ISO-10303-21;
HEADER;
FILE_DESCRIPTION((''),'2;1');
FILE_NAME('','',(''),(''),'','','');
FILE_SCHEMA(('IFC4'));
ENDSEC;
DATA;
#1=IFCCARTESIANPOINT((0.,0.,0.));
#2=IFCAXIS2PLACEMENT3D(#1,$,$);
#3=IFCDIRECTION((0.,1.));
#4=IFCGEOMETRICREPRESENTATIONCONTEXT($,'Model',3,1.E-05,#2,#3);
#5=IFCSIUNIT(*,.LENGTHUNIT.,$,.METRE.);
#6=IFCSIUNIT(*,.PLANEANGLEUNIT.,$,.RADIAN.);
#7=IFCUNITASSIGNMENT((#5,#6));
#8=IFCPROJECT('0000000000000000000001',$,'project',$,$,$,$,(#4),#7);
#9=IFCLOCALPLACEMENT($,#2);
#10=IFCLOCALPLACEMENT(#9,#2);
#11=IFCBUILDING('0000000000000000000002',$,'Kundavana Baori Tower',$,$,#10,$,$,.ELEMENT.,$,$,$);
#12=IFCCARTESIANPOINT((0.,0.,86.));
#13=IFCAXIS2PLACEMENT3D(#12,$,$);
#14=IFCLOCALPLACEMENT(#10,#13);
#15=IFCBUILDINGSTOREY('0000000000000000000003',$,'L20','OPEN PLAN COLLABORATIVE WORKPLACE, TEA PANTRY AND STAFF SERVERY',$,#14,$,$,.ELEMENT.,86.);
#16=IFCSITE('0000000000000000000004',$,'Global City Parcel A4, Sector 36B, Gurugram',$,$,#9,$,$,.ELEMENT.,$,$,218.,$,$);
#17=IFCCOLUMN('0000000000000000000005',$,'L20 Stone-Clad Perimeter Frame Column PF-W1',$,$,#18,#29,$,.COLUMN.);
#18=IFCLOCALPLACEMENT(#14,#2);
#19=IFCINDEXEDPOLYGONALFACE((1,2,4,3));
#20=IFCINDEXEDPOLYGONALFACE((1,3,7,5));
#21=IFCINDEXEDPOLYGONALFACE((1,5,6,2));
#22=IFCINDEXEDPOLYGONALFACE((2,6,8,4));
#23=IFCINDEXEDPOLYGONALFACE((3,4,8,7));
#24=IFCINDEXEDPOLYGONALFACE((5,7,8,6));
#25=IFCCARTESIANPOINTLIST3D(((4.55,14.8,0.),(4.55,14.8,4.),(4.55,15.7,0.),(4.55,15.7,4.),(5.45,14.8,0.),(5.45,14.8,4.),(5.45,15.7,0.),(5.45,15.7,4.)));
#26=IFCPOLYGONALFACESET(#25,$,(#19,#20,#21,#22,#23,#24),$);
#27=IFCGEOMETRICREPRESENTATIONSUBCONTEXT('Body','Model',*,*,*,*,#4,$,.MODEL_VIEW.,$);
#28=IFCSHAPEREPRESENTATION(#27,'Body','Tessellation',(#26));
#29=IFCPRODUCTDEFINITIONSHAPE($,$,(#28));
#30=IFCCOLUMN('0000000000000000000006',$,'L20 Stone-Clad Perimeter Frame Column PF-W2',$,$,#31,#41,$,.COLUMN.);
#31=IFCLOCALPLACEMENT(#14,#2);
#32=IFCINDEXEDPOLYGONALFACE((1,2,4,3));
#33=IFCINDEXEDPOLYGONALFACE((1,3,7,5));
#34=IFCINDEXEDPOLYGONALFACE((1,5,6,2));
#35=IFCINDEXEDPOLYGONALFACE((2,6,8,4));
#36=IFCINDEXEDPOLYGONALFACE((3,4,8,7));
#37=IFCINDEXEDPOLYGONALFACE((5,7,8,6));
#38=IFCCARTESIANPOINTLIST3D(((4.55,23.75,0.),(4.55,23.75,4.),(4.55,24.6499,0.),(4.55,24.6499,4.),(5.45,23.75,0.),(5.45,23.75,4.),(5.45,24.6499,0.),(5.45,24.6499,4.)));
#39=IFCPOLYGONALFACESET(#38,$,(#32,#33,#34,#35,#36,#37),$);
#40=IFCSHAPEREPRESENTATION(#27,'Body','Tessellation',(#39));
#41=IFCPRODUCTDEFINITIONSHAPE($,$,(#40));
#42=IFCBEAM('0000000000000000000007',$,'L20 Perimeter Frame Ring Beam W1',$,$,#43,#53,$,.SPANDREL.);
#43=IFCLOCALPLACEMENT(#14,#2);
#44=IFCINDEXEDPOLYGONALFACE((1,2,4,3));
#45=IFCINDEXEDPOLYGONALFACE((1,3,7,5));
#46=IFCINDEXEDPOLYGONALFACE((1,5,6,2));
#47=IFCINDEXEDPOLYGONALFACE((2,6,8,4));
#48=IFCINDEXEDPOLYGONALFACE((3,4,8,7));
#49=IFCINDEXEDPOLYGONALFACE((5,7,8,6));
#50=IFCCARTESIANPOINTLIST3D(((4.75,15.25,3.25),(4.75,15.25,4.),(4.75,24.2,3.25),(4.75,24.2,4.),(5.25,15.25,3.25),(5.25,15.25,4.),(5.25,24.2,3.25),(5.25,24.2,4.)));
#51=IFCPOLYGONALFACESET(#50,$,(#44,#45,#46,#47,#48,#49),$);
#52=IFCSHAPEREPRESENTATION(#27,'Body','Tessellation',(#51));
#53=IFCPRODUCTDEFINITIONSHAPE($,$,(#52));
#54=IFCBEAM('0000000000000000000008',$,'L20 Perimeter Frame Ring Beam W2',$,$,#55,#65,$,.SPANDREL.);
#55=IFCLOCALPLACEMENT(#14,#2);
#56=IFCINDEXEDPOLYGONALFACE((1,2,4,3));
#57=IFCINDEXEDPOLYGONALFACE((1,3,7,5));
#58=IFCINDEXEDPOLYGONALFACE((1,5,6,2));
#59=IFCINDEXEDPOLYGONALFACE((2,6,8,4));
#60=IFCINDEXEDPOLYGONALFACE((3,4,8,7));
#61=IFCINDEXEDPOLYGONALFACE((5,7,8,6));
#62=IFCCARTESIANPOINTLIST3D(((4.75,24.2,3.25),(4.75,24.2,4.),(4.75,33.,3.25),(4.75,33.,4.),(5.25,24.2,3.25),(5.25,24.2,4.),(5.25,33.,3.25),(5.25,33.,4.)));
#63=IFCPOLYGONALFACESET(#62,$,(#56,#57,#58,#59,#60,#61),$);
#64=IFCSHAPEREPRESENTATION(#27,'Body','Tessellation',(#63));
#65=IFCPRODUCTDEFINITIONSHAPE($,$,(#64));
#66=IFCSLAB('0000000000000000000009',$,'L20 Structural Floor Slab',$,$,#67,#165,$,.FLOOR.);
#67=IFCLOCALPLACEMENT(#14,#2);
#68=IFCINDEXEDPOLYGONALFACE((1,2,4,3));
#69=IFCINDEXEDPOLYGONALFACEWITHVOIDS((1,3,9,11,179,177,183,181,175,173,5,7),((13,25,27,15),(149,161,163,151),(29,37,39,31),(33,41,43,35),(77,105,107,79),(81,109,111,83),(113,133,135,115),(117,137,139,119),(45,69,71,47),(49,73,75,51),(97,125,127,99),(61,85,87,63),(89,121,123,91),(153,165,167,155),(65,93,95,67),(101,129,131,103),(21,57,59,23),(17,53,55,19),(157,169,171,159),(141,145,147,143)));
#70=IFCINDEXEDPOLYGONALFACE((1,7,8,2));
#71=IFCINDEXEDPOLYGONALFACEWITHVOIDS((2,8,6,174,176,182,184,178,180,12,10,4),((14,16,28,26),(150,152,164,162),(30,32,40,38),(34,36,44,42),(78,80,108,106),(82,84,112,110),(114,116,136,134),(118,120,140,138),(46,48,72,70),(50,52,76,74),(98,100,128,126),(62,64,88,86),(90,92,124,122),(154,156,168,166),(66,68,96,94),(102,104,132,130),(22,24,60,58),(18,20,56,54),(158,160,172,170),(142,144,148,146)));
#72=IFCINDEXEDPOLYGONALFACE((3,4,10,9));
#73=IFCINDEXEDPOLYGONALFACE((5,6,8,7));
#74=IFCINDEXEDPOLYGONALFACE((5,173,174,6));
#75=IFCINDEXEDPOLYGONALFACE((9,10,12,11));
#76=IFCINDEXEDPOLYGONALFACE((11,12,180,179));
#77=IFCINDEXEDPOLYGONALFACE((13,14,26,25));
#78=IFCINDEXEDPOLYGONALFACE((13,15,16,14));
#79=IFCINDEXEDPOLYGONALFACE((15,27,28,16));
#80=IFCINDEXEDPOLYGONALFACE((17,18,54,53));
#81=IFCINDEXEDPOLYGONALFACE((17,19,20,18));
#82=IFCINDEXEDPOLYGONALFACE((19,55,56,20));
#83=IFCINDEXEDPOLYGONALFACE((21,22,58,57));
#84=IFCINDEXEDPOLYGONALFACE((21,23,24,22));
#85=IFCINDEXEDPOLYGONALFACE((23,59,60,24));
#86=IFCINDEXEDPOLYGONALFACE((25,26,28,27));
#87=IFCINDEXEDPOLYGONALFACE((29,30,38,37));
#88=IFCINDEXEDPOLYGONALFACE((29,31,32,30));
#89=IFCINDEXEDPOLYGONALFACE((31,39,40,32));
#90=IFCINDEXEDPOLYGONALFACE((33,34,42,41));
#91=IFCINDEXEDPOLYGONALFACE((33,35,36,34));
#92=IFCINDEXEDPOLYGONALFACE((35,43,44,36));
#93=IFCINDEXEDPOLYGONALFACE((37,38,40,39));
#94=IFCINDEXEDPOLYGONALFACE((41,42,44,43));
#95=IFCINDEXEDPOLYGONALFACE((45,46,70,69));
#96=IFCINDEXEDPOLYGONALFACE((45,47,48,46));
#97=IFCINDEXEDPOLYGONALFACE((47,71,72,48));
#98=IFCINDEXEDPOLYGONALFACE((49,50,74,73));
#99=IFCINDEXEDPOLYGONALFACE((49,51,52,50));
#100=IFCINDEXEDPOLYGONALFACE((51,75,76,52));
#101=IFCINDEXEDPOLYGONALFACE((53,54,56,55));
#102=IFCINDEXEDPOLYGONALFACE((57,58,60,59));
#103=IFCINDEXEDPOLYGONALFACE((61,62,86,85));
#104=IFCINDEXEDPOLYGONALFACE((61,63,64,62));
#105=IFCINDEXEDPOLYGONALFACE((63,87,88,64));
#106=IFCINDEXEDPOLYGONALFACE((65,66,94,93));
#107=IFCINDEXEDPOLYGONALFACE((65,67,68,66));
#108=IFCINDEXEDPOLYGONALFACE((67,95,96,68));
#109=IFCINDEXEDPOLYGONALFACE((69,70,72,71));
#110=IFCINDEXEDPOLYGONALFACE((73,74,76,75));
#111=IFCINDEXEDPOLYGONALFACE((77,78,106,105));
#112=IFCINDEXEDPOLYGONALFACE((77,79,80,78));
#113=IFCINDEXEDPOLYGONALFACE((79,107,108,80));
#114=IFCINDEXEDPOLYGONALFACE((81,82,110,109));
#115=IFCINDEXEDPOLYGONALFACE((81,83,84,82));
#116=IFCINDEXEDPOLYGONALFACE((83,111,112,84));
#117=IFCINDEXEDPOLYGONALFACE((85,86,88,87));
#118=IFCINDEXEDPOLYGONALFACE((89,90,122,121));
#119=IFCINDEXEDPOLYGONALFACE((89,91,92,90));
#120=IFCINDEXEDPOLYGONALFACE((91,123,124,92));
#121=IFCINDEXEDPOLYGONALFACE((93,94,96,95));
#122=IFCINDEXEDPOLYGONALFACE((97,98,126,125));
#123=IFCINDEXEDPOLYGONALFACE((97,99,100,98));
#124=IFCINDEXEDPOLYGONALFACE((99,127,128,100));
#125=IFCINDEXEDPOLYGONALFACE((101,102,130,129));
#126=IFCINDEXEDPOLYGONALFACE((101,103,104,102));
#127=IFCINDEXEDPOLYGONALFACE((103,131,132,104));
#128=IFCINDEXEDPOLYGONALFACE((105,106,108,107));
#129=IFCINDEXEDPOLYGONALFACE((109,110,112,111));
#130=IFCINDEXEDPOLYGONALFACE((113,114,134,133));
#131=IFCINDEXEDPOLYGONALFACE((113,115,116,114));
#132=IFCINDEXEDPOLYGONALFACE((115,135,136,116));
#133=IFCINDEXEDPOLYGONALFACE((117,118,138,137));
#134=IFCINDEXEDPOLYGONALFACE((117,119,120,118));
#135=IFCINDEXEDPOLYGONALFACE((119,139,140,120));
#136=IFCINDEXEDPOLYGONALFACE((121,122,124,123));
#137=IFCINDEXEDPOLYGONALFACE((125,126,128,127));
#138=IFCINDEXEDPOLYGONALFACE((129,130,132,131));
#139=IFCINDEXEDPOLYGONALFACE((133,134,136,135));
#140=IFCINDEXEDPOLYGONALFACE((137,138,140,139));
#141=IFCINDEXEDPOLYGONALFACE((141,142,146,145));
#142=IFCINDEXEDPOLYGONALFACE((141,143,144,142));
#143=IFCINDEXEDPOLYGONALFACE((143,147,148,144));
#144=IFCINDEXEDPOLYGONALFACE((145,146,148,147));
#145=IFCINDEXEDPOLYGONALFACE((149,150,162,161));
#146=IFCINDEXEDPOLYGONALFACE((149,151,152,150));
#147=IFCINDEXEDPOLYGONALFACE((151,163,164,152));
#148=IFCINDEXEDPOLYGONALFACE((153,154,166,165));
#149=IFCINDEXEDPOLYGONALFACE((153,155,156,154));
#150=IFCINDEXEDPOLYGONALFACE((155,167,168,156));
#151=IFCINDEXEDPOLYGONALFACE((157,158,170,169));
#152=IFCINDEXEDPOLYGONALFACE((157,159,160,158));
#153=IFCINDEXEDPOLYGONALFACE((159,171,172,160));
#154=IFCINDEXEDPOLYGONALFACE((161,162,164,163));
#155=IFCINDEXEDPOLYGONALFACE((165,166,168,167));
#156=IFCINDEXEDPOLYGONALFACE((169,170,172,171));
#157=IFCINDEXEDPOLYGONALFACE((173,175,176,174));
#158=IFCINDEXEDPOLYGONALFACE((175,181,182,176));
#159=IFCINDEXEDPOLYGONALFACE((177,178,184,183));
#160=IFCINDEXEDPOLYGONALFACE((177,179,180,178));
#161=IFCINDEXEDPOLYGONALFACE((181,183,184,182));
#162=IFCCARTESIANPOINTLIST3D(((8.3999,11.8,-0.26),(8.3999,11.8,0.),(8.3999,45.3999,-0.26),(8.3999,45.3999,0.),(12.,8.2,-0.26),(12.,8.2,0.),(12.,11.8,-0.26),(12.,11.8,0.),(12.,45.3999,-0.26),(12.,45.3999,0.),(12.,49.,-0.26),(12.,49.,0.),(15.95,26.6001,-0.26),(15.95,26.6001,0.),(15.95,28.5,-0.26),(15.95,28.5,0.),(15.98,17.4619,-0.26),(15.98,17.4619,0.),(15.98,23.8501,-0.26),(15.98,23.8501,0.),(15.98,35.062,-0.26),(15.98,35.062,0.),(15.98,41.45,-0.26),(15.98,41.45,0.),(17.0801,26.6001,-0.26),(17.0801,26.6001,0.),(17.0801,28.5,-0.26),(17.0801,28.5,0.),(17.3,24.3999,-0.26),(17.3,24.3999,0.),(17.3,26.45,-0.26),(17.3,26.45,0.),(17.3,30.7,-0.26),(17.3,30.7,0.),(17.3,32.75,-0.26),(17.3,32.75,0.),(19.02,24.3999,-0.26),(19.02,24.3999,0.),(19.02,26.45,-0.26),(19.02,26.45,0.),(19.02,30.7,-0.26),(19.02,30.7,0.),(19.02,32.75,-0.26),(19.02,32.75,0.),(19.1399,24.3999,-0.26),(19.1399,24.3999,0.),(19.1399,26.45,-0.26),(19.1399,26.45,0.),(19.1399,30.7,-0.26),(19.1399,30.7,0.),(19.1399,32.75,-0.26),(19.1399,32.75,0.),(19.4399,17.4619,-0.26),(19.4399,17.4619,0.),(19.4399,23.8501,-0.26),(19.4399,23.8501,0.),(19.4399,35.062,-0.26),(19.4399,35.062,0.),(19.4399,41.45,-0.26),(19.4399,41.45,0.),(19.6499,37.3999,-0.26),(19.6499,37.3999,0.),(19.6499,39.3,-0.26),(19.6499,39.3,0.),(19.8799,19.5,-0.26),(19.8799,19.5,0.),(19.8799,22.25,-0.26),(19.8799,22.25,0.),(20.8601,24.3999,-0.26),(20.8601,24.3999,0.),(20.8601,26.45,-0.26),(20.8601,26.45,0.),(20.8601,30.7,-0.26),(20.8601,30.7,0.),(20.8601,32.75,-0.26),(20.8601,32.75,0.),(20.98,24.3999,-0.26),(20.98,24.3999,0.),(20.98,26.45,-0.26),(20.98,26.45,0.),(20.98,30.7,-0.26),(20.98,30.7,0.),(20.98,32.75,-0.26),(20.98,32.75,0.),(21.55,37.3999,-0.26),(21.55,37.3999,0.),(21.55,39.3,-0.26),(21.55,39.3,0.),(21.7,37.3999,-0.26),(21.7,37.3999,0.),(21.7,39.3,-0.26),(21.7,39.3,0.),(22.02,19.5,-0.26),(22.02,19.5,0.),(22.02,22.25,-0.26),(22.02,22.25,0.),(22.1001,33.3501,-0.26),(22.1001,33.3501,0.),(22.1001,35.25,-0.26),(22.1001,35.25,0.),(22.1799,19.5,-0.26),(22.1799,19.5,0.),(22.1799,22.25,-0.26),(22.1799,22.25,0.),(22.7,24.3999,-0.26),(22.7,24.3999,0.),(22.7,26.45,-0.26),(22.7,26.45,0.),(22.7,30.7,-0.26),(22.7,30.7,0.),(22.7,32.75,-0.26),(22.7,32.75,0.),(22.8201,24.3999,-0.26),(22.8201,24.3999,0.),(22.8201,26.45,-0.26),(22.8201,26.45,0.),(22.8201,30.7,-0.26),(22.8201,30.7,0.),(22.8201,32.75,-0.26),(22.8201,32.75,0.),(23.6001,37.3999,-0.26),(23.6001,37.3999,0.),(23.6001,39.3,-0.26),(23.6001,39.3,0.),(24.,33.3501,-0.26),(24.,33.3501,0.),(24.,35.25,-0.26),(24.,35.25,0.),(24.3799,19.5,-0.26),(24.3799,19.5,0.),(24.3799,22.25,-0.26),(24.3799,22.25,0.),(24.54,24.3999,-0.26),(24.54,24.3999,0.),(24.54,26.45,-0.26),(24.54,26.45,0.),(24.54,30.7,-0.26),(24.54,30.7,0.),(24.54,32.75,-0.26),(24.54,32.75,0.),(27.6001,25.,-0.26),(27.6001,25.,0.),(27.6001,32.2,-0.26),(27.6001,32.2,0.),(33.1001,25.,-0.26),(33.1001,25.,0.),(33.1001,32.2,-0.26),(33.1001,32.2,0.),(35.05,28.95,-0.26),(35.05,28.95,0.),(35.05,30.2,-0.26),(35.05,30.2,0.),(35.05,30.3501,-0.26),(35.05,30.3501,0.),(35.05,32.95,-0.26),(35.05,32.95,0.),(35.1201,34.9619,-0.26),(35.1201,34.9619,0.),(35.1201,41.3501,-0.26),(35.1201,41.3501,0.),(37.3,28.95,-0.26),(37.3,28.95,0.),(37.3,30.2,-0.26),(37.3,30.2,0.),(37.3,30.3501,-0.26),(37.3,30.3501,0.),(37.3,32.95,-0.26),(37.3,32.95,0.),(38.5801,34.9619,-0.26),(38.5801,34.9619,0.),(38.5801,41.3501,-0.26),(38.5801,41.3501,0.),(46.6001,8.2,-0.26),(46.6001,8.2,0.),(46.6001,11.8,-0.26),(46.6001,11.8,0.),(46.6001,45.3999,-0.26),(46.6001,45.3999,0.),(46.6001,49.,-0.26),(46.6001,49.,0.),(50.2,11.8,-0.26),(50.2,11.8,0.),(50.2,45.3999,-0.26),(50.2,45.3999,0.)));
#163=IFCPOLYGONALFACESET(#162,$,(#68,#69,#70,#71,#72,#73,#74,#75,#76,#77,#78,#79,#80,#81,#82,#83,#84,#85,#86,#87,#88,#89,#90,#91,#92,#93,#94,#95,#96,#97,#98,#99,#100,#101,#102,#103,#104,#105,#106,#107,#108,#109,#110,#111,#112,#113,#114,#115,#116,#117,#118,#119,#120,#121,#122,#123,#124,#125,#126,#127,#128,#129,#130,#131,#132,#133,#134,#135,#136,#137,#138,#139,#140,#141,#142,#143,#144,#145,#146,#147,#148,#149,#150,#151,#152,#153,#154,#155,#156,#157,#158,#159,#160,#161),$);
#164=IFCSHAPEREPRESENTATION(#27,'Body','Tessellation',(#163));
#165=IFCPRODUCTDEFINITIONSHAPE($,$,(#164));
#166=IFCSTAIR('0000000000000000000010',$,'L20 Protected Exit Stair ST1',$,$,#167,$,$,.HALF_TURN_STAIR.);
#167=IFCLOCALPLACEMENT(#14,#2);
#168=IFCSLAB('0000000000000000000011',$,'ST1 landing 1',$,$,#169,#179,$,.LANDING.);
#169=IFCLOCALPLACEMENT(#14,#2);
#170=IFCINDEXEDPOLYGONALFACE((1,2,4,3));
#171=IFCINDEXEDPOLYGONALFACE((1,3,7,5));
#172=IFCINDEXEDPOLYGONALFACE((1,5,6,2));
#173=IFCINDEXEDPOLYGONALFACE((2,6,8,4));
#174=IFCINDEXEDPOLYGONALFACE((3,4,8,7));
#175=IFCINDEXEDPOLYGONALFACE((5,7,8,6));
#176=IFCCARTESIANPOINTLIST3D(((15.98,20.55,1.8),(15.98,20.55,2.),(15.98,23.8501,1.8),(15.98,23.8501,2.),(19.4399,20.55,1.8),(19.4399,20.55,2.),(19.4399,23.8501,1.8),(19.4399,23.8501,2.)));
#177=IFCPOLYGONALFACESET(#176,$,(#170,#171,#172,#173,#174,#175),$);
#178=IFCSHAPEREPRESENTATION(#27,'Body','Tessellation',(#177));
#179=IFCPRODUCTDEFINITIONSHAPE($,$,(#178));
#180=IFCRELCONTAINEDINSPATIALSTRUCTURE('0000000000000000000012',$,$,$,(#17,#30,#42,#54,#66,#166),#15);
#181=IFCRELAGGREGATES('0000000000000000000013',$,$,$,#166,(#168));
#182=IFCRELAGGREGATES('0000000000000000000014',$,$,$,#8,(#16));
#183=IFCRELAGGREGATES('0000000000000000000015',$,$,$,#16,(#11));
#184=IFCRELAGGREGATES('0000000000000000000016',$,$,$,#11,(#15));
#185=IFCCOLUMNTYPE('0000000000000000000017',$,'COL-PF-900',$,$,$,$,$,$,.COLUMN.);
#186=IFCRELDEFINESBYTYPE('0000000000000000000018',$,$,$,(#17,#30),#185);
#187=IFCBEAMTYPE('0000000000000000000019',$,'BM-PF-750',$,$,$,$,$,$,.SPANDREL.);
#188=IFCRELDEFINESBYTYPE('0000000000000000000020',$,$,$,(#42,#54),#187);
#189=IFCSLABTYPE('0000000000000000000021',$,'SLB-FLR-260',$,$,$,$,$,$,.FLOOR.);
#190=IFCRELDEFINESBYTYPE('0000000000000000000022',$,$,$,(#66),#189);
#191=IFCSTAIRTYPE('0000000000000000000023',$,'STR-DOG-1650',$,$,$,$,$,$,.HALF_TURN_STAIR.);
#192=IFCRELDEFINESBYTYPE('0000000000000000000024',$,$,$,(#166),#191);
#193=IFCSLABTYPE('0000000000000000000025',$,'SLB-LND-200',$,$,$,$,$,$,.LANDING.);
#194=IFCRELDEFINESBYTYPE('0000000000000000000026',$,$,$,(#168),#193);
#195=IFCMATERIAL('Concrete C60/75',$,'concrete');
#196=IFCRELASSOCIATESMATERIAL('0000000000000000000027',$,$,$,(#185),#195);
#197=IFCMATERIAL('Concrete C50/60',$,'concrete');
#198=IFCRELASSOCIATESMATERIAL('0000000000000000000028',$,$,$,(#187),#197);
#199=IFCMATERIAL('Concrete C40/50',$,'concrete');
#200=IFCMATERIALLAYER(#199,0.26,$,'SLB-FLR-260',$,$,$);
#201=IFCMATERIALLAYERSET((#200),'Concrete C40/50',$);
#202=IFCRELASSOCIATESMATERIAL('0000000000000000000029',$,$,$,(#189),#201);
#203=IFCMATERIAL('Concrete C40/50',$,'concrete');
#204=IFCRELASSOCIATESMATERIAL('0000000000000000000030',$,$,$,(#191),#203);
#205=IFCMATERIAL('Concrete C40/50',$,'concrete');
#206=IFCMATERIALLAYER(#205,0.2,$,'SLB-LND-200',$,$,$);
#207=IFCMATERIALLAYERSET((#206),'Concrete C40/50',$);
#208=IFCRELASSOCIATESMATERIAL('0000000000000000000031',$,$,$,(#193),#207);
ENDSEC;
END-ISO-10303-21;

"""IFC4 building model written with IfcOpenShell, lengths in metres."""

from ifc_helpers import new_model, si_unit, direction, frame, origin, origin_2d, place, context, subcontext, project, spatial, polyline, rectangle, outline, extrude, material, layer, layer_set, material_profile, profile_set, type_object, element, aggregate, save


model = new_model("IFC4")

# Units and contexts
model_context = context("Model", 3, precision=1e-05, world=origin(), true_north=direction((0.0, 1.0)))
body_context = subcontext(model_context, "Body", "Model", "MODEL_VIEW")
ifc_project = project(units=[si_unit("LENGTHUNIT", "METRE"), si_unit("PLANEANGLEUNIT", "RADIAN")], contexts=[model_context])

# Site, building, storey
site_placement = place(None, origin())
site = spatial("IfcSite", under=ifc_project, at=site_placement, Name="Global City Parcel A4, Sector 36B, Gurugram", CompositionType="ELEMENT", RefElevation=218.0)
building_placement = place(site_placement, origin())
building = spatial("IfcBuilding", under=site, at=building_placement, Name="Kundavana Baori Tower", CompositionType="ELEMENT")
storey_placement = place(building_placement, frame((0.0, 0.0, 86.0)))
storey = spatial("IfcBuildingStorey", under=building, at=storey_placement, Name="L20", Description="OPEN PLAN COLLABORATIVE WORKPLACE, TEA PANTRY AND STAFF SERVERY", CompositionType="ELEMENT", Elevation=86.0)

# Columns
ifc_material_1 = material(Name="Concrete C60/75", Category="concrete")
ifc_material_profile_1 = material_profile(ifc_material_1, rectangle(XDim=0.8999, YDim=0.8999, at=origin_2d()), Name="RC PF 900x900")
ifc_profile_set_1 = profile_set([ifc_material_profile_1], Name="Concrete C60/75")
column_type = type_object("IfcColumnType", Name="COL-PF-900", PredefinedType="COLUMN", material=ifc_profile_set_1)
for number, where, z_axis, x_axis, name in (
    (1, (5.0, 15.25, 0.0), (0.0, 0.0, 1.0), (1.0, 0.0, 0.0), "L20 Stone-Clad Perimeter Frame Column PF-W1"),
    (2, (5.0, 24.2, 0.0), (0.0, 0.0, 1.0), (1.0, 0.0, 0.0), "L20 Stone-Clad Perimeter Frame Column PF-W2"),
):
    element("IfcColumn", number, at=place(storey_placement, frame(where, z_axis=z_axis, x_axis=x_axis)), inside=storey, type_object=column_type, Name=name, PredefinedType="COLUMN", context=body_context, shape_type="SweptSolid", body=[
        extrude(rectangle(XDim=0.8999, YDim=0.8999, at=origin_2d()), origin(), (0.0, 0.0, 1.0), 4.0),
    ])

# Beams
ifc_material_2 = material(Name="Concrete C50/60", Category="concrete")
ifc_material_profile_2 = material_profile(ifc_material_2, rectangle(XDim=0.5, YDim=0.75, at=origin_2d()), Name="RC BM 500x750")
ifc_profile_set_2 = profile_set([ifc_material_profile_2], Name="Concrete C50/60")
beam_type = type_object("IfcBeamType", Name="BM-PF-750", PredefinedType="SPANDREL", material=ifc_profile_set_2)
beam_1_placement = place(storey_placement, frame((5.0, 15.25, 3.625), z_axis=(0.0, 1.0, 0.0), x_axis=(-1.0, 0.0, 0.0)))
element("IfcBeam", 3, at=beam_1_placement, inside=storey, type_object=beam_type, Name="L20 Perimeter Frame Ring Beam W1", PredefinedType="SPANDREL", context=body_context, shape_type="SweptSolid", body=[
    extrude(rectangle(XDim=0.5, YDim=0.75, at=origin_2d()), origin(), (0.0, 0.0, 1.0), 8.95),
])
beam_2_placement = place(storey_placement, frame((5.0, 24.2, 3.625), z_axis=(0.0, 1.0, 0.0), x_axis=(-1.0, 0.0, 0.0)))
element("IfcBeam", 4, at=beam_2_placement, inside=storey, type_object=beam_type, Name="L20 Perimeter Frame Ring Beam W2", PredefinedType="SPANDREL", context=body_context, shape_type="SweptSolid", body=[
    extrude(rectangle(XDim=0.5, YDim=0.75, at=origin_2d()), origin(), (0.0, 0.0, 1.0), 8.8),
])

# Slab
ifc_material_3 = material(Name="Concrete C40/50", Category="concrete")
ifc_layer_1 = layer(ifc_material_3, 0.26, Name="SLB-FLR-260")
ifc_layer_set_1 = layer_set([ifc_layer_1], Name="Concrete C40/50")
slab_type_1 = type_object("IfcSlabType", Name="SLB-FLR-260", PredefinedType="FLOOR", material=ifc_layer_set_1)
slab_1_placement = place(storey_placement, frame((0.0, 0.0, -0.26)))
element("IfcSlab", 5, at=slab_1_placement, inside=storey, type_object=slab_type_1, Name="L20 Structural Floor Slab", PredefinedType="FLOOR", context=body_context, shape_type="SweptSolid", body=[
    extrude(outline(polyline([(12.0, 8.2), (46.6001, 8.2), (46.6001, 11.8), (50.2, 11.8), (50.2, 45.3999), (46.6001, 45.3999), (46.6001, 49.0), (12.0, 49.0), (12.0, 45.3999), (8.3999, 45.3999), (8.3999, 11.8), (12.0, 11.8), (12.0, 8.2)]), holes=[polyline([(19.4399, 17.4619), (19.4399, 23.8501), (15.98, 23.8501), (15.98, 17.4619), (19.4399, 17.4619)]), polyline([(19.4399, 35.062), (19.4399, 41.45), (15.98, 41.45), (15.98, 35.062), (19.4399, 35.062)]), polyline([(38.5801, 34.9619), (38.5801, 41.3501), (35.1201, 41.3501), (35.1201, 34.9619), (38.5801, 34.9619)]), polyline([(17.3, 24.3999), (19.02, 24.3999), (19.02, 26.45), (17.3, 26.45), (17.3, 24.3999)]), polyline([(19.1399, 24.3999), (20.8601, 24.3999), (20.8601, 26.45), (19.1399, 26.45), (19.1399, 24.3999)]), polyline([(20.98, 24.3999), (22.7, 24.3999), (22.7, 26.45), (20.98, 26.45), (20.98, 24.3999)]), polyline([(22.8201, 24.3999), (24.54, 24.3999), (24.54, 26.45), (22.8201, 26.45), (22.8201, 24.3999)]), polyline([(17.3, 30.7), (19.02, 30.7), (19.02, 32.75), (17.3, 32.75), (17.3, 30.7)]), polyline([(19.1399, 30.7), (20.8601, 30.7), (20.8601, 32.75), (19.1399, 32.75), (19.1399, 30.7)]), polyline([(20.98, 30.7), (22.7, 30.7), (22.7, 32.75), (20.98, 32.75), (20.98, 30.7)]), polyline([(22.8201, 30.7), (24.54, 30.7), (24.54, 32.75), (22.8201, 32.75), (22.8201, 30.7)]), polyline([(19.6499, 37.3999), (21.55, 37.3999), (21.55, 39.3), (19.6499, 39.3), (19.6499, 37.3999)]), polyline([(21.7, 37.3999), (23.6001, 37.3999), (23.6001, 39.3), (21.7, 39.3), (21.7, 37.3999)]), polyline([(22.1001, 33.3501), (24.0, 33.3501), (24.0, 35.25), (22.1001, 35.25), (22.1001, 33.3501)]), polyline([(19.8799, 19.5), (22.02, 19.5), (22.02, 22.25), (19.8799, 22.25), (19.8799, 19.5)]), polyline([(22.1799, 19.5), (24.3799, 19.5), (24.3799, 22.25), (22.1799, 22.25), (22.1799, 19.5)]), polyline([(35.05, 30.3501), (37.3, 30.3501), (37.3, 32.95), (35.05, 32.95), (35.05, 30.3501)]), polyline([(15.95, 26.6001), (17.0801, 26.6001), (17.0801, 28.5), (15.95, 28.5), (15.95, 26.6001)]), polyline([(35.05, 28.95), (37.3, 28.95), (37.3, 30.2), (35.05, 30.2), (35.05, 28.95)]), polyline([(27.6001, 25.0), (33.1001, 25.0), (33.1001, 32.2), (27.6001, 32.2), (27.6001, 25.0)])]), origin(), (0.0, 0.0, 1.0), 0.26),
])

# Stair, slab
ifc_material_4 = material(Name="Concrete C40/50", Category="concrete")
stair_type = type_object("IfcStairType", Name="STR-DOG-1650", PredefinedType="HALF_TURN_STAIR", material=ifc_material_4)
stair_1_placement = place(storey_placement, origin())
stair_1 = element("IfcStair", 6, at=stair_1_placement, inside=storey, type_object=stair_type, Name="L20 Protected Exit Stair ST1", PredefinedType="HALF_TURN_STAIR")
ifc_material_5 = material(Name="Concrete C40/50", Category="concrete")
ifc_layer_2 = layer(ifc_material_5, 0.2, Name="SLB-LND-200")
ifc_layer_set_2 = layer_set([ifc_layer_2], Name="Concrete C40/50")
slab_type_2 = type_object("IfcSlabType", Name="SLB-LND-200", PredefinedType="LANDING", material=ifc_layer_set_2)
slab_2_placement = place(storey_placement, frame((0.0, 0.0, 1.8)))
slab_2 = element("IfcSlab", 7, at=slab_2_placement, type_object=slab_type_2, Name="ST1 landing 1", PredefinedType="LANDING", context=body_context, shape_type="SweptSolid", body=[
    extrude(outline(polyline([(19.4399, 20.55), (19.4399, 23.8501), (15.98, 23.8501), (15.98, 20.55), (19.4399, 20.55)])), origin(), (0.0, 0.0, 1.0), 0.2),
])
aggregate(stair_1, [slab_2])

save(model, "model.ifc")
